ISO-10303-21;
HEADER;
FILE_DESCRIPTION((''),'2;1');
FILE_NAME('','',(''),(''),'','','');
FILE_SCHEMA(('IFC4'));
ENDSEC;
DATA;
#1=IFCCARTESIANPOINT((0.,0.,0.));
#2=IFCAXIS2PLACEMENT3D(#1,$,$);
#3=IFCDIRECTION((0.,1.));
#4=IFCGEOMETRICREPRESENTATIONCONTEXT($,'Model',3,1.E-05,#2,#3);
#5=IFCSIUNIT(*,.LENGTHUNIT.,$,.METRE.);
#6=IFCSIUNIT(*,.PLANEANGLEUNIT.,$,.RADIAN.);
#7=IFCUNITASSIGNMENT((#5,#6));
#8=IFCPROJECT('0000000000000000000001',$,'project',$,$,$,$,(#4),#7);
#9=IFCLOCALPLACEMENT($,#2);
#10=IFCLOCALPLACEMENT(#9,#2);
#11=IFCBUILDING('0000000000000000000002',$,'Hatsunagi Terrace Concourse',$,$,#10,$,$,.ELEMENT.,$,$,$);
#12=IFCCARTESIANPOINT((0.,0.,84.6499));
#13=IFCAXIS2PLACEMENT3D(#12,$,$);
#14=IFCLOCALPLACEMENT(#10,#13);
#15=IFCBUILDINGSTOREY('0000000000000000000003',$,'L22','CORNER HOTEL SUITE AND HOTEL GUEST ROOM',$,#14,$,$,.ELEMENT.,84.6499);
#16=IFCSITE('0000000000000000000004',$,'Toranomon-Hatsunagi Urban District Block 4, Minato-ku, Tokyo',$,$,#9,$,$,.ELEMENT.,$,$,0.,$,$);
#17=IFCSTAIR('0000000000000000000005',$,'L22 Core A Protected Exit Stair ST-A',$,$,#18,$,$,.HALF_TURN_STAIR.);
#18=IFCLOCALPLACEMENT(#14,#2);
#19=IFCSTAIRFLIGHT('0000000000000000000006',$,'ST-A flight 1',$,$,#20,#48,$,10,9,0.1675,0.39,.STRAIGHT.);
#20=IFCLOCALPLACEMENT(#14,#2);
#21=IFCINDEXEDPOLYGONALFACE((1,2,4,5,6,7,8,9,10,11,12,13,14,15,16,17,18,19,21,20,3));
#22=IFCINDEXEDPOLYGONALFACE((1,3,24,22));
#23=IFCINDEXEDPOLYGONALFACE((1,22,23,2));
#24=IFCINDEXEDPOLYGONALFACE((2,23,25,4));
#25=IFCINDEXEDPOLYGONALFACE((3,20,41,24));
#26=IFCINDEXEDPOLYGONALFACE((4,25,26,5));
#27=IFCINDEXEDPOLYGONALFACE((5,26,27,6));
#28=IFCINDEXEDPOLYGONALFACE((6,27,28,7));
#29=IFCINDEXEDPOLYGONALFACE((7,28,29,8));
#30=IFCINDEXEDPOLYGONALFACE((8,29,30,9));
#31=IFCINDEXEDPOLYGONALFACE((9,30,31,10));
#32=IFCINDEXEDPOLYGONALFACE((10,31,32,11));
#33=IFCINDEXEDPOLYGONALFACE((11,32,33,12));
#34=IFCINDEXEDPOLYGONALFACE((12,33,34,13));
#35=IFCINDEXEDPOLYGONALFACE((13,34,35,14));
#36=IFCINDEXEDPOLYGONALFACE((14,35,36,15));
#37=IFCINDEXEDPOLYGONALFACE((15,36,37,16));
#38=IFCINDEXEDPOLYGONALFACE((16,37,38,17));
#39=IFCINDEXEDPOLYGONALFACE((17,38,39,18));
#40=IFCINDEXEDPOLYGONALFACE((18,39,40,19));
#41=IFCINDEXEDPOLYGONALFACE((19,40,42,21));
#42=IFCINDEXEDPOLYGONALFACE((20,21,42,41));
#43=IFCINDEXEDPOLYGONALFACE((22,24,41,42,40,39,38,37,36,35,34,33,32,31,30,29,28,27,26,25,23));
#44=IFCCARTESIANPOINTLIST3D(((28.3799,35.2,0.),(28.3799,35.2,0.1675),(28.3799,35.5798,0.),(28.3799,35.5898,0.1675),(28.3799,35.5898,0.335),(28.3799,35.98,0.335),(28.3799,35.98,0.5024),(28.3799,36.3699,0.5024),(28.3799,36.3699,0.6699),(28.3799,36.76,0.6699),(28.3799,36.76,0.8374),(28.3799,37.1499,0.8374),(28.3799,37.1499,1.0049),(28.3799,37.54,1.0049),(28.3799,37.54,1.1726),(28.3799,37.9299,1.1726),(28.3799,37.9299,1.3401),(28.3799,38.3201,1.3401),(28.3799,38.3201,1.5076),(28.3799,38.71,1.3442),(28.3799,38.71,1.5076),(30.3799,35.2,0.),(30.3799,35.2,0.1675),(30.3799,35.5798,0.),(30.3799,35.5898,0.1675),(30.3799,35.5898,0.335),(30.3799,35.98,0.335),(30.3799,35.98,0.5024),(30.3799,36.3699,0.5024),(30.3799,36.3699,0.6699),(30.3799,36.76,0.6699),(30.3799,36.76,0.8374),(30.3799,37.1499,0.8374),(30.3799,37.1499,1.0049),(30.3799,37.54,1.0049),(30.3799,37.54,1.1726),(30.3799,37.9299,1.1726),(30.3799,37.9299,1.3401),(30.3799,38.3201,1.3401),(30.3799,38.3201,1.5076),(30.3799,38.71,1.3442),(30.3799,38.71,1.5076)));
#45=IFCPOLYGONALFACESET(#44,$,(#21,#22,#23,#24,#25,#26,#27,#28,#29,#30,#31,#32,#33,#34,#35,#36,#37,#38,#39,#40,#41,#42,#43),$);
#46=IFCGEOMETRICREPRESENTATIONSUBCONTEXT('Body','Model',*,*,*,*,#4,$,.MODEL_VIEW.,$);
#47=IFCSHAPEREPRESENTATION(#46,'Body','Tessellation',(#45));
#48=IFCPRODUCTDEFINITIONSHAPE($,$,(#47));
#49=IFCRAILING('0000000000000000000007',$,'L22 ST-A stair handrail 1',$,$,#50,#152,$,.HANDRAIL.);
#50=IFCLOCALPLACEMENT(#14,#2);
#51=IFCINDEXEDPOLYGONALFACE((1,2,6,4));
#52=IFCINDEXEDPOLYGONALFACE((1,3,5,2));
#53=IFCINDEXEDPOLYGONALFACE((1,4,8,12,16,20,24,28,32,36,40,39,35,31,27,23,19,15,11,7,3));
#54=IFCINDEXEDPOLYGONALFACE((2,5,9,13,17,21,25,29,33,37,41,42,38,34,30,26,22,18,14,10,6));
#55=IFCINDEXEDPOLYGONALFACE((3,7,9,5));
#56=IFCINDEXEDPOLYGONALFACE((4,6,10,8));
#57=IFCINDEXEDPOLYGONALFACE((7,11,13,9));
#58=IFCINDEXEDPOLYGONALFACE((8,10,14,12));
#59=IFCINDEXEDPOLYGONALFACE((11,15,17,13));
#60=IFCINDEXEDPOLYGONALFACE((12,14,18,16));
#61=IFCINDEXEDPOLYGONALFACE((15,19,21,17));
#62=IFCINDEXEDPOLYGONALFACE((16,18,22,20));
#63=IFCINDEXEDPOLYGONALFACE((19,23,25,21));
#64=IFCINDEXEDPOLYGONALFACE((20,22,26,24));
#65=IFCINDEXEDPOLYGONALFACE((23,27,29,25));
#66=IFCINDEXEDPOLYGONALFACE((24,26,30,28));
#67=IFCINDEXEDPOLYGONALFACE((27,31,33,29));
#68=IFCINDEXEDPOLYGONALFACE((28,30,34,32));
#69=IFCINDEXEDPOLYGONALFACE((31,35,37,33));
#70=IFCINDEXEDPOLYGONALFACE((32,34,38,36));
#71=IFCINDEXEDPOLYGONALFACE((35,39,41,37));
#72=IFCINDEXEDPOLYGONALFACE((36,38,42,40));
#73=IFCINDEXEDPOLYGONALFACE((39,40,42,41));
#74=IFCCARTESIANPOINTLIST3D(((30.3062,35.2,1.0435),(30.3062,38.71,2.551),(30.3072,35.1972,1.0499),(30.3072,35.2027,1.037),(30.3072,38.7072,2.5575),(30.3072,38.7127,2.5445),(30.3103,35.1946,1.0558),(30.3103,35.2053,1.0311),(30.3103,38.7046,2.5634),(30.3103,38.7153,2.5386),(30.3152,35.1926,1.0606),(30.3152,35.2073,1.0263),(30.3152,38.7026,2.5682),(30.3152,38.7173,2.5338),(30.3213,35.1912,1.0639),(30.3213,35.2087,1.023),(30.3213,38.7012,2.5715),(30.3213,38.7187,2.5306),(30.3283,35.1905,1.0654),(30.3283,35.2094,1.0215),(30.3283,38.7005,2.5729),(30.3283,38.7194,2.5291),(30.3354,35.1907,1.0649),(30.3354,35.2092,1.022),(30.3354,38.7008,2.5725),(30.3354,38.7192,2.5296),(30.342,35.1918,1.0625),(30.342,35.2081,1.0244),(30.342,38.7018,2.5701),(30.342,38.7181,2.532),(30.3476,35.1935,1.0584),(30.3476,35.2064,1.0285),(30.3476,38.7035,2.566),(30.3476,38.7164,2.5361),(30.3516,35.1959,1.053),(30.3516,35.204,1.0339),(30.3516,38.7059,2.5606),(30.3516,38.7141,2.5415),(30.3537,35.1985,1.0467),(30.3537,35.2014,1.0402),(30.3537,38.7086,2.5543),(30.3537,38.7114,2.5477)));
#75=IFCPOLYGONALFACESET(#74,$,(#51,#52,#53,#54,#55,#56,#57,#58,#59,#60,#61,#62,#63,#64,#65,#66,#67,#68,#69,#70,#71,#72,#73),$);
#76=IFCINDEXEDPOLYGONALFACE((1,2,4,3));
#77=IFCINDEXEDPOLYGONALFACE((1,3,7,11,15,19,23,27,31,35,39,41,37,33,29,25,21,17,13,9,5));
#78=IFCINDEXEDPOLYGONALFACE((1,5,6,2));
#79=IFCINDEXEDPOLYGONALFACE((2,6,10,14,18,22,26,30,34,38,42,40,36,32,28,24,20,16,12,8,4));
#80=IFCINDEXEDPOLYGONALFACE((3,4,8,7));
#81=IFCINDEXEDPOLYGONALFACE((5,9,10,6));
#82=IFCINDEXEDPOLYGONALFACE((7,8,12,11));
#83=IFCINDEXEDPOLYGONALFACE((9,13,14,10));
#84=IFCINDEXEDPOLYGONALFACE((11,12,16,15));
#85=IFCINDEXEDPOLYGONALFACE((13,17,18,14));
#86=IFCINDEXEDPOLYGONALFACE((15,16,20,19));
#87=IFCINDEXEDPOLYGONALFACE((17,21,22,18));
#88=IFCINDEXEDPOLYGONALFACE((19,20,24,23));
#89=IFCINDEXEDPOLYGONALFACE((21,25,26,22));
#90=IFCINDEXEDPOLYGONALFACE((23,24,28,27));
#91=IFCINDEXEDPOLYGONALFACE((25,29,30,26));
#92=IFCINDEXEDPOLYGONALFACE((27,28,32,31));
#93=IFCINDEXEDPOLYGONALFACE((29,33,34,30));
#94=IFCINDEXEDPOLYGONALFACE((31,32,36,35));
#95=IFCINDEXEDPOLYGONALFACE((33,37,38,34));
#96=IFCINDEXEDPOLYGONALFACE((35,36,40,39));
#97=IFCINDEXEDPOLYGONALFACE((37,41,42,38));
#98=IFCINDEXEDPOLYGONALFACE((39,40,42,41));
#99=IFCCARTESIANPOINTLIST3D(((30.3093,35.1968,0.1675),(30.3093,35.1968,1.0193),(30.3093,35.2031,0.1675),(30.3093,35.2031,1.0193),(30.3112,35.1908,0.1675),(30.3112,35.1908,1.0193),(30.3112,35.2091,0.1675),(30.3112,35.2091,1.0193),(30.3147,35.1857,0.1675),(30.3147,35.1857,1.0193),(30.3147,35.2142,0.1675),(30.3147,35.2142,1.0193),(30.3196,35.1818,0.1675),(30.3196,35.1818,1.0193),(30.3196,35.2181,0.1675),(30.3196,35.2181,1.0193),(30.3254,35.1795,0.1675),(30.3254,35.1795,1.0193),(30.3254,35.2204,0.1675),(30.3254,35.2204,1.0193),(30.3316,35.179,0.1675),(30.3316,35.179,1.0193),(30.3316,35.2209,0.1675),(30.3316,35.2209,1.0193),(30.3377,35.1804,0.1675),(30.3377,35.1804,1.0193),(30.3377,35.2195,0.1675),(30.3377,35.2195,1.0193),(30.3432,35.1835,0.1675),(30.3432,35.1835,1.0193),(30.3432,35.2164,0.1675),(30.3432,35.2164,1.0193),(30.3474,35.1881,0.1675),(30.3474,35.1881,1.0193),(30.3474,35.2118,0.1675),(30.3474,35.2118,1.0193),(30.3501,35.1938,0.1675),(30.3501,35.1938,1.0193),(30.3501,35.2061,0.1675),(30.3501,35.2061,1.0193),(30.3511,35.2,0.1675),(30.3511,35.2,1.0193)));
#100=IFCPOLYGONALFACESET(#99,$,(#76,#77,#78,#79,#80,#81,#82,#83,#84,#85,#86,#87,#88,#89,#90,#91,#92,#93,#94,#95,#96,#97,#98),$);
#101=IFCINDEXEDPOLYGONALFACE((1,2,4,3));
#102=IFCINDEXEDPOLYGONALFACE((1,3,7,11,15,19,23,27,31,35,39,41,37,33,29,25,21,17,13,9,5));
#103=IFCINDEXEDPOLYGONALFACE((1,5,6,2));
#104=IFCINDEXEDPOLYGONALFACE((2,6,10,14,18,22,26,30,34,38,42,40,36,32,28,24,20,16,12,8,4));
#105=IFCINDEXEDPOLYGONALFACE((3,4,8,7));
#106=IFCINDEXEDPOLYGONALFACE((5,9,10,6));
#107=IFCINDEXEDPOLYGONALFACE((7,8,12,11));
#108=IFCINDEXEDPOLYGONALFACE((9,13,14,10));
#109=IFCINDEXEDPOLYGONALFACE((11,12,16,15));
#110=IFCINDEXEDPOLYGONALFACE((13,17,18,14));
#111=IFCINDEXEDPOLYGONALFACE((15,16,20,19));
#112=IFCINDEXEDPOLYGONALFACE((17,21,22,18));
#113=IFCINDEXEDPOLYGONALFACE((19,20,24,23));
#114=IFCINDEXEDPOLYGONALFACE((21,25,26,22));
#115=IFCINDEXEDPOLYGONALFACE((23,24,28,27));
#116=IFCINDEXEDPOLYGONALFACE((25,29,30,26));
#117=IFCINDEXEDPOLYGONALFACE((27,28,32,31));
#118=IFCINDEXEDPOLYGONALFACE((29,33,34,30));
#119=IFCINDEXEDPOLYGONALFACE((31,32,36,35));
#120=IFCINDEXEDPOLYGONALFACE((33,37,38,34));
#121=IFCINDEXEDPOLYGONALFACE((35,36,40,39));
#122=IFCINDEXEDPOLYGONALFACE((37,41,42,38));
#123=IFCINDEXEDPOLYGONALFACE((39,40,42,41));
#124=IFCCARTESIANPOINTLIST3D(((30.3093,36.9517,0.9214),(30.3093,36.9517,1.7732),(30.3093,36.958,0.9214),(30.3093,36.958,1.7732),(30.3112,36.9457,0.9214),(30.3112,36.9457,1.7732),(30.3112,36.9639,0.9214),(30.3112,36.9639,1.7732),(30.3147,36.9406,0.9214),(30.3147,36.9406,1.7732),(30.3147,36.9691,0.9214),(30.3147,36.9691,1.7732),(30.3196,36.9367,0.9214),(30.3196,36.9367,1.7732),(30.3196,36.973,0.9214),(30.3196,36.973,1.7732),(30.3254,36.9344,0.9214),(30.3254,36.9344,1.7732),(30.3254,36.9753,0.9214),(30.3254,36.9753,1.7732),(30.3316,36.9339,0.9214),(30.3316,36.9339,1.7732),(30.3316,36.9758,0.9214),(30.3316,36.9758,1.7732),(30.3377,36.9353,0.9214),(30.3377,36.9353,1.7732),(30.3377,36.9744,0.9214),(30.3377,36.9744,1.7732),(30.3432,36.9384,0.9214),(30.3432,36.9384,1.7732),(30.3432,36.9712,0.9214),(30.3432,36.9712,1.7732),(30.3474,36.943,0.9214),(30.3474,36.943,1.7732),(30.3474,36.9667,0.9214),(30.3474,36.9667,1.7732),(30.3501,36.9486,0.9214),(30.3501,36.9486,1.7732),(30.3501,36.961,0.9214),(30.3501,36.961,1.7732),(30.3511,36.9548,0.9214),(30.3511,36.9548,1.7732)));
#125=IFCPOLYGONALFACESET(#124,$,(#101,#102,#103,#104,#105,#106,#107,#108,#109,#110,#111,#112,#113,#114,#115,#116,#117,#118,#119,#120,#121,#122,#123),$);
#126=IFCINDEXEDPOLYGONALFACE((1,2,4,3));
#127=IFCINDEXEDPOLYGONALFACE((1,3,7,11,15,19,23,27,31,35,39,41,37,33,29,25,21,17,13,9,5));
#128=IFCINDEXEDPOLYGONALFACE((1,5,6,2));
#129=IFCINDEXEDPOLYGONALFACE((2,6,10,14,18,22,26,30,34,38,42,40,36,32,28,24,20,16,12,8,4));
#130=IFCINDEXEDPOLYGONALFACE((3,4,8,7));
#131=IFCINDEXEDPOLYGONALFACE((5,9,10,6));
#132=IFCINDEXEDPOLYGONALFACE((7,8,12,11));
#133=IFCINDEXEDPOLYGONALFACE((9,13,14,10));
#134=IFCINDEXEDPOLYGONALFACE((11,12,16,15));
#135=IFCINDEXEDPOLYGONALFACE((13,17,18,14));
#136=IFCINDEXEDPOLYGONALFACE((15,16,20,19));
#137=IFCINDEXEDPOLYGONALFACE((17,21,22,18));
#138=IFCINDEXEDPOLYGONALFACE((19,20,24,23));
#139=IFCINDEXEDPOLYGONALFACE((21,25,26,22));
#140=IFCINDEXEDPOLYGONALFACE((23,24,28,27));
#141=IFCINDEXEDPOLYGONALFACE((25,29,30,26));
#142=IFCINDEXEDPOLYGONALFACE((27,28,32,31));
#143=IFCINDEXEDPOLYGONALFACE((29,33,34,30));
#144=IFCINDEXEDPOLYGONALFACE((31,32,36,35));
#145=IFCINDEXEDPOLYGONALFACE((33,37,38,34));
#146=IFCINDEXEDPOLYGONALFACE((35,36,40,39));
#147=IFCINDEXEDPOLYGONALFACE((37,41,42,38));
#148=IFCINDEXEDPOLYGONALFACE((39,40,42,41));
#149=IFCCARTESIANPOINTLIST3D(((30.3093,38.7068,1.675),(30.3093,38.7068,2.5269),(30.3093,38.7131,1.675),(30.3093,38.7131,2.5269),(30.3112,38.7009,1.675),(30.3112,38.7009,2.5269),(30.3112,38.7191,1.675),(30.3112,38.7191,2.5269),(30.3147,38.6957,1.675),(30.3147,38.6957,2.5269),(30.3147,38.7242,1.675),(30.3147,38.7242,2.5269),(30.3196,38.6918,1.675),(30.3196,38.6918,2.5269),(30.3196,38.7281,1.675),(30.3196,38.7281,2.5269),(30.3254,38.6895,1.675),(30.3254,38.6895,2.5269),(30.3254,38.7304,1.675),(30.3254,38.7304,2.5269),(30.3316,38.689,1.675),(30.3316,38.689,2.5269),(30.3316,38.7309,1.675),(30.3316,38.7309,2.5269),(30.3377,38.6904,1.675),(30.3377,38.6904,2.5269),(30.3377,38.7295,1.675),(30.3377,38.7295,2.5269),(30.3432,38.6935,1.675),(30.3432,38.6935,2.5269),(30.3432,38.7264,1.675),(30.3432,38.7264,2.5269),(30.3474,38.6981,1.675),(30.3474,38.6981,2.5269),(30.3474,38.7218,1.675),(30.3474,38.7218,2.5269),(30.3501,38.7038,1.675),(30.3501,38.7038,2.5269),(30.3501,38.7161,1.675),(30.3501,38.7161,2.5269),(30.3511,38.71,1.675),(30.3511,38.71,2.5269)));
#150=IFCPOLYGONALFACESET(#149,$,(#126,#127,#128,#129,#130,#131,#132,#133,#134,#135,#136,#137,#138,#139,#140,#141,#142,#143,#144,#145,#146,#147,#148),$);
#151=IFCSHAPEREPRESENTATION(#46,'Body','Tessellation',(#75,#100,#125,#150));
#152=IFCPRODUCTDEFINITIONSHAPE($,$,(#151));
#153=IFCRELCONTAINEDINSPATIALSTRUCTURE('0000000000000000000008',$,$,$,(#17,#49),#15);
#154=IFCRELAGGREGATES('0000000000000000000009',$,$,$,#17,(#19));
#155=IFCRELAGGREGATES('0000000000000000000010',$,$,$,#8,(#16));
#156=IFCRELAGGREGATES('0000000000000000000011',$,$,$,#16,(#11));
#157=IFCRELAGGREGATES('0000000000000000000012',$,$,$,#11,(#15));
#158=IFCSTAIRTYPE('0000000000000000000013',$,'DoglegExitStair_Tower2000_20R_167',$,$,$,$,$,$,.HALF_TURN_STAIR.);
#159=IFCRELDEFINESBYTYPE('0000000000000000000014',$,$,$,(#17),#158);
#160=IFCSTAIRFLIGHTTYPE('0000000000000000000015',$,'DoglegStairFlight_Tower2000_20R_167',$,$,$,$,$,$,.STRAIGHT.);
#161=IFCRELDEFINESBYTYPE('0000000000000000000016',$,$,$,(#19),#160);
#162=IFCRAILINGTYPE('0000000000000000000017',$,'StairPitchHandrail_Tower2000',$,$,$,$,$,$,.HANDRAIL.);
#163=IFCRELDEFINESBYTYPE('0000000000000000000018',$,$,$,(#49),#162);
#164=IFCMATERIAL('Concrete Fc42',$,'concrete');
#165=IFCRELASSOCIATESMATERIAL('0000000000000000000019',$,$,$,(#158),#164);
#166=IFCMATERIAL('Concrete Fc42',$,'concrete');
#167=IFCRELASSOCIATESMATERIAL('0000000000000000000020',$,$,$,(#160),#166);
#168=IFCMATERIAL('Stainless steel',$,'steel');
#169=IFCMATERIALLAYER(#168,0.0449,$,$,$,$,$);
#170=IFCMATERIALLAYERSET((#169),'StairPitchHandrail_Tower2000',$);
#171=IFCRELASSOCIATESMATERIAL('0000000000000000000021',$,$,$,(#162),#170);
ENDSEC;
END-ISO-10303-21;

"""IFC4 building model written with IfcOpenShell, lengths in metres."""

from ifc_helpers import new_model, si_unit, direction, frame, origin, origin_2d, place, context, subcontext, project, spatial, polyline, circle, outline, extrude, material, layer, layer_set, type_object, element, aggregate, save


model = new_model("IFC4")

# Units and contexts
model_context = context("Model", 3, precision=1e-05, world=origin(), true_north=direction((0.0, 1.0)))
body_context = subcontext(model_context, "Body", "Model", "MODEL_VIEW")
ifc_project = project(units=[si_unit("LENGTHUNIT", "METRE"), si_unit("PLANEANGLEUNIT", "RADIAN")], contexts=[model_context])

# Site, building, storey
site_placement = place(None, origin())
site = spatial("IfcSite", under=ifc_project, at=site_placement, Name="Toranomon-Hatsunagi Urban District Block 4, Minato-ku, Tokyo", CompositionType="ELEMENT", RefElevation=0.0)
building_placement = place(site_placement, origin())
building = spatial("IfcBuilding", under=site, at=building_placement, Name="Hatsunagi Terrace Concourse", CompositionType="ELEMENT")
storey_placement = place(building_placement, frame((0.0, 0.0, 84.6499)))
storey = spatial("IfcBuildingStorey", under=building, at=storey_placement, Name="L22", Description="CORNER HOTEL SUITE AND HOTEL GUEST ROOM", CompositionType="ELEMENT", Elevation=84.6499)

# Stair, stair flight
ifc_material_1 = material(Name="Concrete Fc42", Category="concrete")
stair_type = type_object("IfcStairType", Name="DoglegExitStair_Tower2000_20R_167", PredefinedType="HALF_TURN_STAIR", material=ifc_material_1)
stair_placement = place(storey_placement, origin())
stair = element("IfcStair", 1, at=stair_placement, inside=storey, type_object=stair_type, Name="L22 Core A Protected Exit Stair ST-A", PredefinedType="HALF_TURN_STAIR")
ifc_material_2 = material(Name="Concrete Fc42", Category="concrete")
stair_flight_type = type_object("IfcStairFlightType", Name="DoglegStairFlight_Tower2000_20R_167", PredefinedType="STRAIGHT", material=ifc_material_2)
stair_flight_placement = place(storey_placement, frame((29.3799, 35.2, 0.0), z_axis=(0.0, 0.0, 1.0), x_axis=(0.0, 1.0, 0.0)))
stair_flight = element("IfcStairFlight", 2, at=stair_flight_placement, type_object=stair_flight_type, Name="ST-A flight 1", NumberOfRisers=10, NumberOfTreads=9, PredefinedType="STRAIGHT", RiserHeight=0.1675, TreadLength=0.39, context=body_context, shape_type="SweptSolid", body=[
    extrude(outline(polyline([(0.0, 0.0), (0.0, 0.1675), (0.3899, 0.1675), (0.3899, 0.335), (0.78, 0.335), (0.78, 0.5024), (1.1699, 0.5024), (1.1699, 0.6699), (1.5601, 0.6699), (1.5601, 0.8374), (1.95, 0.8374), (1.95, 1.0049), (2.3401, 1.0049), (2.3401, 1.1726), (2.73, 1.1726), (2.73, 1.3401), (3.1201, 1.3401), (3.1201, 1.5076), (3.51, 1.5076), (3.51, 1.675), (3.51, 1.3442), (0.3799, 0.0), (0.0, 0.0)])), frame((0.0, 1.0, 0.0), z_axis=(0.0, -1.0, 0.0), x_axis=(1.0, 0.0, 0.0)), (0.0, 0.0, 1.0), 2.0),
])
aggregate(stair, [stair_flight])

# Railing
ifc_material_3 = material(Name="Stainless steel", Category="steel")
ifc_layer_1 = layer(ifc_material_3, 0.0449)
ifc_layer_set_1 = layer_set([ifc_layer_1], Name="StairPitchHandrail_Tower2000")
railing_type_1 = type_object("IfcRailingType", Name="StairPitchHandrail_Tower2000", PredefinedType="HANDRAIL", material=ifc_layer_set_1)
railing_1_placement = place(storey_placement, frame((30.3301, 35.2, 0.1675)))
element("IfcRailing", 3, at=railing_1_placement, inside=storey, type_object=railing_type_1, Name="L22 ST-A stair handrail 1", PredefinedType="HANDRAIL", context=body_context, shape_type="SweptSolid", body=[
    extrude(circle(Radius=0.0239, at=origin_2d()), frame((0.0, 0.0, 0.876), z_axis=(0.0, 0.918834, 0.394644), x_axis=(-1.0, 0.0, 0.0)), (0.0, 0.0, 1.0), 3.8201),
    extrude(circle(Radius=0.021, at=origin_2d()), origin(), (0.0, 0.0, 1.0), 0.8518),
    extrude(circle(Radius=0.021, at=origin_2d()), frame((0.0, 1.7549, 0.7539)), (0.0, 0.0, 1.0), 0.8518),
    extrude(circle(Radius=0.021, at=origin_2d()), frame((0.0, 3.51, 1.5076)), (0.0, 0.0, 1.0), 0.8518),
])

save(model, "model.ifc")
